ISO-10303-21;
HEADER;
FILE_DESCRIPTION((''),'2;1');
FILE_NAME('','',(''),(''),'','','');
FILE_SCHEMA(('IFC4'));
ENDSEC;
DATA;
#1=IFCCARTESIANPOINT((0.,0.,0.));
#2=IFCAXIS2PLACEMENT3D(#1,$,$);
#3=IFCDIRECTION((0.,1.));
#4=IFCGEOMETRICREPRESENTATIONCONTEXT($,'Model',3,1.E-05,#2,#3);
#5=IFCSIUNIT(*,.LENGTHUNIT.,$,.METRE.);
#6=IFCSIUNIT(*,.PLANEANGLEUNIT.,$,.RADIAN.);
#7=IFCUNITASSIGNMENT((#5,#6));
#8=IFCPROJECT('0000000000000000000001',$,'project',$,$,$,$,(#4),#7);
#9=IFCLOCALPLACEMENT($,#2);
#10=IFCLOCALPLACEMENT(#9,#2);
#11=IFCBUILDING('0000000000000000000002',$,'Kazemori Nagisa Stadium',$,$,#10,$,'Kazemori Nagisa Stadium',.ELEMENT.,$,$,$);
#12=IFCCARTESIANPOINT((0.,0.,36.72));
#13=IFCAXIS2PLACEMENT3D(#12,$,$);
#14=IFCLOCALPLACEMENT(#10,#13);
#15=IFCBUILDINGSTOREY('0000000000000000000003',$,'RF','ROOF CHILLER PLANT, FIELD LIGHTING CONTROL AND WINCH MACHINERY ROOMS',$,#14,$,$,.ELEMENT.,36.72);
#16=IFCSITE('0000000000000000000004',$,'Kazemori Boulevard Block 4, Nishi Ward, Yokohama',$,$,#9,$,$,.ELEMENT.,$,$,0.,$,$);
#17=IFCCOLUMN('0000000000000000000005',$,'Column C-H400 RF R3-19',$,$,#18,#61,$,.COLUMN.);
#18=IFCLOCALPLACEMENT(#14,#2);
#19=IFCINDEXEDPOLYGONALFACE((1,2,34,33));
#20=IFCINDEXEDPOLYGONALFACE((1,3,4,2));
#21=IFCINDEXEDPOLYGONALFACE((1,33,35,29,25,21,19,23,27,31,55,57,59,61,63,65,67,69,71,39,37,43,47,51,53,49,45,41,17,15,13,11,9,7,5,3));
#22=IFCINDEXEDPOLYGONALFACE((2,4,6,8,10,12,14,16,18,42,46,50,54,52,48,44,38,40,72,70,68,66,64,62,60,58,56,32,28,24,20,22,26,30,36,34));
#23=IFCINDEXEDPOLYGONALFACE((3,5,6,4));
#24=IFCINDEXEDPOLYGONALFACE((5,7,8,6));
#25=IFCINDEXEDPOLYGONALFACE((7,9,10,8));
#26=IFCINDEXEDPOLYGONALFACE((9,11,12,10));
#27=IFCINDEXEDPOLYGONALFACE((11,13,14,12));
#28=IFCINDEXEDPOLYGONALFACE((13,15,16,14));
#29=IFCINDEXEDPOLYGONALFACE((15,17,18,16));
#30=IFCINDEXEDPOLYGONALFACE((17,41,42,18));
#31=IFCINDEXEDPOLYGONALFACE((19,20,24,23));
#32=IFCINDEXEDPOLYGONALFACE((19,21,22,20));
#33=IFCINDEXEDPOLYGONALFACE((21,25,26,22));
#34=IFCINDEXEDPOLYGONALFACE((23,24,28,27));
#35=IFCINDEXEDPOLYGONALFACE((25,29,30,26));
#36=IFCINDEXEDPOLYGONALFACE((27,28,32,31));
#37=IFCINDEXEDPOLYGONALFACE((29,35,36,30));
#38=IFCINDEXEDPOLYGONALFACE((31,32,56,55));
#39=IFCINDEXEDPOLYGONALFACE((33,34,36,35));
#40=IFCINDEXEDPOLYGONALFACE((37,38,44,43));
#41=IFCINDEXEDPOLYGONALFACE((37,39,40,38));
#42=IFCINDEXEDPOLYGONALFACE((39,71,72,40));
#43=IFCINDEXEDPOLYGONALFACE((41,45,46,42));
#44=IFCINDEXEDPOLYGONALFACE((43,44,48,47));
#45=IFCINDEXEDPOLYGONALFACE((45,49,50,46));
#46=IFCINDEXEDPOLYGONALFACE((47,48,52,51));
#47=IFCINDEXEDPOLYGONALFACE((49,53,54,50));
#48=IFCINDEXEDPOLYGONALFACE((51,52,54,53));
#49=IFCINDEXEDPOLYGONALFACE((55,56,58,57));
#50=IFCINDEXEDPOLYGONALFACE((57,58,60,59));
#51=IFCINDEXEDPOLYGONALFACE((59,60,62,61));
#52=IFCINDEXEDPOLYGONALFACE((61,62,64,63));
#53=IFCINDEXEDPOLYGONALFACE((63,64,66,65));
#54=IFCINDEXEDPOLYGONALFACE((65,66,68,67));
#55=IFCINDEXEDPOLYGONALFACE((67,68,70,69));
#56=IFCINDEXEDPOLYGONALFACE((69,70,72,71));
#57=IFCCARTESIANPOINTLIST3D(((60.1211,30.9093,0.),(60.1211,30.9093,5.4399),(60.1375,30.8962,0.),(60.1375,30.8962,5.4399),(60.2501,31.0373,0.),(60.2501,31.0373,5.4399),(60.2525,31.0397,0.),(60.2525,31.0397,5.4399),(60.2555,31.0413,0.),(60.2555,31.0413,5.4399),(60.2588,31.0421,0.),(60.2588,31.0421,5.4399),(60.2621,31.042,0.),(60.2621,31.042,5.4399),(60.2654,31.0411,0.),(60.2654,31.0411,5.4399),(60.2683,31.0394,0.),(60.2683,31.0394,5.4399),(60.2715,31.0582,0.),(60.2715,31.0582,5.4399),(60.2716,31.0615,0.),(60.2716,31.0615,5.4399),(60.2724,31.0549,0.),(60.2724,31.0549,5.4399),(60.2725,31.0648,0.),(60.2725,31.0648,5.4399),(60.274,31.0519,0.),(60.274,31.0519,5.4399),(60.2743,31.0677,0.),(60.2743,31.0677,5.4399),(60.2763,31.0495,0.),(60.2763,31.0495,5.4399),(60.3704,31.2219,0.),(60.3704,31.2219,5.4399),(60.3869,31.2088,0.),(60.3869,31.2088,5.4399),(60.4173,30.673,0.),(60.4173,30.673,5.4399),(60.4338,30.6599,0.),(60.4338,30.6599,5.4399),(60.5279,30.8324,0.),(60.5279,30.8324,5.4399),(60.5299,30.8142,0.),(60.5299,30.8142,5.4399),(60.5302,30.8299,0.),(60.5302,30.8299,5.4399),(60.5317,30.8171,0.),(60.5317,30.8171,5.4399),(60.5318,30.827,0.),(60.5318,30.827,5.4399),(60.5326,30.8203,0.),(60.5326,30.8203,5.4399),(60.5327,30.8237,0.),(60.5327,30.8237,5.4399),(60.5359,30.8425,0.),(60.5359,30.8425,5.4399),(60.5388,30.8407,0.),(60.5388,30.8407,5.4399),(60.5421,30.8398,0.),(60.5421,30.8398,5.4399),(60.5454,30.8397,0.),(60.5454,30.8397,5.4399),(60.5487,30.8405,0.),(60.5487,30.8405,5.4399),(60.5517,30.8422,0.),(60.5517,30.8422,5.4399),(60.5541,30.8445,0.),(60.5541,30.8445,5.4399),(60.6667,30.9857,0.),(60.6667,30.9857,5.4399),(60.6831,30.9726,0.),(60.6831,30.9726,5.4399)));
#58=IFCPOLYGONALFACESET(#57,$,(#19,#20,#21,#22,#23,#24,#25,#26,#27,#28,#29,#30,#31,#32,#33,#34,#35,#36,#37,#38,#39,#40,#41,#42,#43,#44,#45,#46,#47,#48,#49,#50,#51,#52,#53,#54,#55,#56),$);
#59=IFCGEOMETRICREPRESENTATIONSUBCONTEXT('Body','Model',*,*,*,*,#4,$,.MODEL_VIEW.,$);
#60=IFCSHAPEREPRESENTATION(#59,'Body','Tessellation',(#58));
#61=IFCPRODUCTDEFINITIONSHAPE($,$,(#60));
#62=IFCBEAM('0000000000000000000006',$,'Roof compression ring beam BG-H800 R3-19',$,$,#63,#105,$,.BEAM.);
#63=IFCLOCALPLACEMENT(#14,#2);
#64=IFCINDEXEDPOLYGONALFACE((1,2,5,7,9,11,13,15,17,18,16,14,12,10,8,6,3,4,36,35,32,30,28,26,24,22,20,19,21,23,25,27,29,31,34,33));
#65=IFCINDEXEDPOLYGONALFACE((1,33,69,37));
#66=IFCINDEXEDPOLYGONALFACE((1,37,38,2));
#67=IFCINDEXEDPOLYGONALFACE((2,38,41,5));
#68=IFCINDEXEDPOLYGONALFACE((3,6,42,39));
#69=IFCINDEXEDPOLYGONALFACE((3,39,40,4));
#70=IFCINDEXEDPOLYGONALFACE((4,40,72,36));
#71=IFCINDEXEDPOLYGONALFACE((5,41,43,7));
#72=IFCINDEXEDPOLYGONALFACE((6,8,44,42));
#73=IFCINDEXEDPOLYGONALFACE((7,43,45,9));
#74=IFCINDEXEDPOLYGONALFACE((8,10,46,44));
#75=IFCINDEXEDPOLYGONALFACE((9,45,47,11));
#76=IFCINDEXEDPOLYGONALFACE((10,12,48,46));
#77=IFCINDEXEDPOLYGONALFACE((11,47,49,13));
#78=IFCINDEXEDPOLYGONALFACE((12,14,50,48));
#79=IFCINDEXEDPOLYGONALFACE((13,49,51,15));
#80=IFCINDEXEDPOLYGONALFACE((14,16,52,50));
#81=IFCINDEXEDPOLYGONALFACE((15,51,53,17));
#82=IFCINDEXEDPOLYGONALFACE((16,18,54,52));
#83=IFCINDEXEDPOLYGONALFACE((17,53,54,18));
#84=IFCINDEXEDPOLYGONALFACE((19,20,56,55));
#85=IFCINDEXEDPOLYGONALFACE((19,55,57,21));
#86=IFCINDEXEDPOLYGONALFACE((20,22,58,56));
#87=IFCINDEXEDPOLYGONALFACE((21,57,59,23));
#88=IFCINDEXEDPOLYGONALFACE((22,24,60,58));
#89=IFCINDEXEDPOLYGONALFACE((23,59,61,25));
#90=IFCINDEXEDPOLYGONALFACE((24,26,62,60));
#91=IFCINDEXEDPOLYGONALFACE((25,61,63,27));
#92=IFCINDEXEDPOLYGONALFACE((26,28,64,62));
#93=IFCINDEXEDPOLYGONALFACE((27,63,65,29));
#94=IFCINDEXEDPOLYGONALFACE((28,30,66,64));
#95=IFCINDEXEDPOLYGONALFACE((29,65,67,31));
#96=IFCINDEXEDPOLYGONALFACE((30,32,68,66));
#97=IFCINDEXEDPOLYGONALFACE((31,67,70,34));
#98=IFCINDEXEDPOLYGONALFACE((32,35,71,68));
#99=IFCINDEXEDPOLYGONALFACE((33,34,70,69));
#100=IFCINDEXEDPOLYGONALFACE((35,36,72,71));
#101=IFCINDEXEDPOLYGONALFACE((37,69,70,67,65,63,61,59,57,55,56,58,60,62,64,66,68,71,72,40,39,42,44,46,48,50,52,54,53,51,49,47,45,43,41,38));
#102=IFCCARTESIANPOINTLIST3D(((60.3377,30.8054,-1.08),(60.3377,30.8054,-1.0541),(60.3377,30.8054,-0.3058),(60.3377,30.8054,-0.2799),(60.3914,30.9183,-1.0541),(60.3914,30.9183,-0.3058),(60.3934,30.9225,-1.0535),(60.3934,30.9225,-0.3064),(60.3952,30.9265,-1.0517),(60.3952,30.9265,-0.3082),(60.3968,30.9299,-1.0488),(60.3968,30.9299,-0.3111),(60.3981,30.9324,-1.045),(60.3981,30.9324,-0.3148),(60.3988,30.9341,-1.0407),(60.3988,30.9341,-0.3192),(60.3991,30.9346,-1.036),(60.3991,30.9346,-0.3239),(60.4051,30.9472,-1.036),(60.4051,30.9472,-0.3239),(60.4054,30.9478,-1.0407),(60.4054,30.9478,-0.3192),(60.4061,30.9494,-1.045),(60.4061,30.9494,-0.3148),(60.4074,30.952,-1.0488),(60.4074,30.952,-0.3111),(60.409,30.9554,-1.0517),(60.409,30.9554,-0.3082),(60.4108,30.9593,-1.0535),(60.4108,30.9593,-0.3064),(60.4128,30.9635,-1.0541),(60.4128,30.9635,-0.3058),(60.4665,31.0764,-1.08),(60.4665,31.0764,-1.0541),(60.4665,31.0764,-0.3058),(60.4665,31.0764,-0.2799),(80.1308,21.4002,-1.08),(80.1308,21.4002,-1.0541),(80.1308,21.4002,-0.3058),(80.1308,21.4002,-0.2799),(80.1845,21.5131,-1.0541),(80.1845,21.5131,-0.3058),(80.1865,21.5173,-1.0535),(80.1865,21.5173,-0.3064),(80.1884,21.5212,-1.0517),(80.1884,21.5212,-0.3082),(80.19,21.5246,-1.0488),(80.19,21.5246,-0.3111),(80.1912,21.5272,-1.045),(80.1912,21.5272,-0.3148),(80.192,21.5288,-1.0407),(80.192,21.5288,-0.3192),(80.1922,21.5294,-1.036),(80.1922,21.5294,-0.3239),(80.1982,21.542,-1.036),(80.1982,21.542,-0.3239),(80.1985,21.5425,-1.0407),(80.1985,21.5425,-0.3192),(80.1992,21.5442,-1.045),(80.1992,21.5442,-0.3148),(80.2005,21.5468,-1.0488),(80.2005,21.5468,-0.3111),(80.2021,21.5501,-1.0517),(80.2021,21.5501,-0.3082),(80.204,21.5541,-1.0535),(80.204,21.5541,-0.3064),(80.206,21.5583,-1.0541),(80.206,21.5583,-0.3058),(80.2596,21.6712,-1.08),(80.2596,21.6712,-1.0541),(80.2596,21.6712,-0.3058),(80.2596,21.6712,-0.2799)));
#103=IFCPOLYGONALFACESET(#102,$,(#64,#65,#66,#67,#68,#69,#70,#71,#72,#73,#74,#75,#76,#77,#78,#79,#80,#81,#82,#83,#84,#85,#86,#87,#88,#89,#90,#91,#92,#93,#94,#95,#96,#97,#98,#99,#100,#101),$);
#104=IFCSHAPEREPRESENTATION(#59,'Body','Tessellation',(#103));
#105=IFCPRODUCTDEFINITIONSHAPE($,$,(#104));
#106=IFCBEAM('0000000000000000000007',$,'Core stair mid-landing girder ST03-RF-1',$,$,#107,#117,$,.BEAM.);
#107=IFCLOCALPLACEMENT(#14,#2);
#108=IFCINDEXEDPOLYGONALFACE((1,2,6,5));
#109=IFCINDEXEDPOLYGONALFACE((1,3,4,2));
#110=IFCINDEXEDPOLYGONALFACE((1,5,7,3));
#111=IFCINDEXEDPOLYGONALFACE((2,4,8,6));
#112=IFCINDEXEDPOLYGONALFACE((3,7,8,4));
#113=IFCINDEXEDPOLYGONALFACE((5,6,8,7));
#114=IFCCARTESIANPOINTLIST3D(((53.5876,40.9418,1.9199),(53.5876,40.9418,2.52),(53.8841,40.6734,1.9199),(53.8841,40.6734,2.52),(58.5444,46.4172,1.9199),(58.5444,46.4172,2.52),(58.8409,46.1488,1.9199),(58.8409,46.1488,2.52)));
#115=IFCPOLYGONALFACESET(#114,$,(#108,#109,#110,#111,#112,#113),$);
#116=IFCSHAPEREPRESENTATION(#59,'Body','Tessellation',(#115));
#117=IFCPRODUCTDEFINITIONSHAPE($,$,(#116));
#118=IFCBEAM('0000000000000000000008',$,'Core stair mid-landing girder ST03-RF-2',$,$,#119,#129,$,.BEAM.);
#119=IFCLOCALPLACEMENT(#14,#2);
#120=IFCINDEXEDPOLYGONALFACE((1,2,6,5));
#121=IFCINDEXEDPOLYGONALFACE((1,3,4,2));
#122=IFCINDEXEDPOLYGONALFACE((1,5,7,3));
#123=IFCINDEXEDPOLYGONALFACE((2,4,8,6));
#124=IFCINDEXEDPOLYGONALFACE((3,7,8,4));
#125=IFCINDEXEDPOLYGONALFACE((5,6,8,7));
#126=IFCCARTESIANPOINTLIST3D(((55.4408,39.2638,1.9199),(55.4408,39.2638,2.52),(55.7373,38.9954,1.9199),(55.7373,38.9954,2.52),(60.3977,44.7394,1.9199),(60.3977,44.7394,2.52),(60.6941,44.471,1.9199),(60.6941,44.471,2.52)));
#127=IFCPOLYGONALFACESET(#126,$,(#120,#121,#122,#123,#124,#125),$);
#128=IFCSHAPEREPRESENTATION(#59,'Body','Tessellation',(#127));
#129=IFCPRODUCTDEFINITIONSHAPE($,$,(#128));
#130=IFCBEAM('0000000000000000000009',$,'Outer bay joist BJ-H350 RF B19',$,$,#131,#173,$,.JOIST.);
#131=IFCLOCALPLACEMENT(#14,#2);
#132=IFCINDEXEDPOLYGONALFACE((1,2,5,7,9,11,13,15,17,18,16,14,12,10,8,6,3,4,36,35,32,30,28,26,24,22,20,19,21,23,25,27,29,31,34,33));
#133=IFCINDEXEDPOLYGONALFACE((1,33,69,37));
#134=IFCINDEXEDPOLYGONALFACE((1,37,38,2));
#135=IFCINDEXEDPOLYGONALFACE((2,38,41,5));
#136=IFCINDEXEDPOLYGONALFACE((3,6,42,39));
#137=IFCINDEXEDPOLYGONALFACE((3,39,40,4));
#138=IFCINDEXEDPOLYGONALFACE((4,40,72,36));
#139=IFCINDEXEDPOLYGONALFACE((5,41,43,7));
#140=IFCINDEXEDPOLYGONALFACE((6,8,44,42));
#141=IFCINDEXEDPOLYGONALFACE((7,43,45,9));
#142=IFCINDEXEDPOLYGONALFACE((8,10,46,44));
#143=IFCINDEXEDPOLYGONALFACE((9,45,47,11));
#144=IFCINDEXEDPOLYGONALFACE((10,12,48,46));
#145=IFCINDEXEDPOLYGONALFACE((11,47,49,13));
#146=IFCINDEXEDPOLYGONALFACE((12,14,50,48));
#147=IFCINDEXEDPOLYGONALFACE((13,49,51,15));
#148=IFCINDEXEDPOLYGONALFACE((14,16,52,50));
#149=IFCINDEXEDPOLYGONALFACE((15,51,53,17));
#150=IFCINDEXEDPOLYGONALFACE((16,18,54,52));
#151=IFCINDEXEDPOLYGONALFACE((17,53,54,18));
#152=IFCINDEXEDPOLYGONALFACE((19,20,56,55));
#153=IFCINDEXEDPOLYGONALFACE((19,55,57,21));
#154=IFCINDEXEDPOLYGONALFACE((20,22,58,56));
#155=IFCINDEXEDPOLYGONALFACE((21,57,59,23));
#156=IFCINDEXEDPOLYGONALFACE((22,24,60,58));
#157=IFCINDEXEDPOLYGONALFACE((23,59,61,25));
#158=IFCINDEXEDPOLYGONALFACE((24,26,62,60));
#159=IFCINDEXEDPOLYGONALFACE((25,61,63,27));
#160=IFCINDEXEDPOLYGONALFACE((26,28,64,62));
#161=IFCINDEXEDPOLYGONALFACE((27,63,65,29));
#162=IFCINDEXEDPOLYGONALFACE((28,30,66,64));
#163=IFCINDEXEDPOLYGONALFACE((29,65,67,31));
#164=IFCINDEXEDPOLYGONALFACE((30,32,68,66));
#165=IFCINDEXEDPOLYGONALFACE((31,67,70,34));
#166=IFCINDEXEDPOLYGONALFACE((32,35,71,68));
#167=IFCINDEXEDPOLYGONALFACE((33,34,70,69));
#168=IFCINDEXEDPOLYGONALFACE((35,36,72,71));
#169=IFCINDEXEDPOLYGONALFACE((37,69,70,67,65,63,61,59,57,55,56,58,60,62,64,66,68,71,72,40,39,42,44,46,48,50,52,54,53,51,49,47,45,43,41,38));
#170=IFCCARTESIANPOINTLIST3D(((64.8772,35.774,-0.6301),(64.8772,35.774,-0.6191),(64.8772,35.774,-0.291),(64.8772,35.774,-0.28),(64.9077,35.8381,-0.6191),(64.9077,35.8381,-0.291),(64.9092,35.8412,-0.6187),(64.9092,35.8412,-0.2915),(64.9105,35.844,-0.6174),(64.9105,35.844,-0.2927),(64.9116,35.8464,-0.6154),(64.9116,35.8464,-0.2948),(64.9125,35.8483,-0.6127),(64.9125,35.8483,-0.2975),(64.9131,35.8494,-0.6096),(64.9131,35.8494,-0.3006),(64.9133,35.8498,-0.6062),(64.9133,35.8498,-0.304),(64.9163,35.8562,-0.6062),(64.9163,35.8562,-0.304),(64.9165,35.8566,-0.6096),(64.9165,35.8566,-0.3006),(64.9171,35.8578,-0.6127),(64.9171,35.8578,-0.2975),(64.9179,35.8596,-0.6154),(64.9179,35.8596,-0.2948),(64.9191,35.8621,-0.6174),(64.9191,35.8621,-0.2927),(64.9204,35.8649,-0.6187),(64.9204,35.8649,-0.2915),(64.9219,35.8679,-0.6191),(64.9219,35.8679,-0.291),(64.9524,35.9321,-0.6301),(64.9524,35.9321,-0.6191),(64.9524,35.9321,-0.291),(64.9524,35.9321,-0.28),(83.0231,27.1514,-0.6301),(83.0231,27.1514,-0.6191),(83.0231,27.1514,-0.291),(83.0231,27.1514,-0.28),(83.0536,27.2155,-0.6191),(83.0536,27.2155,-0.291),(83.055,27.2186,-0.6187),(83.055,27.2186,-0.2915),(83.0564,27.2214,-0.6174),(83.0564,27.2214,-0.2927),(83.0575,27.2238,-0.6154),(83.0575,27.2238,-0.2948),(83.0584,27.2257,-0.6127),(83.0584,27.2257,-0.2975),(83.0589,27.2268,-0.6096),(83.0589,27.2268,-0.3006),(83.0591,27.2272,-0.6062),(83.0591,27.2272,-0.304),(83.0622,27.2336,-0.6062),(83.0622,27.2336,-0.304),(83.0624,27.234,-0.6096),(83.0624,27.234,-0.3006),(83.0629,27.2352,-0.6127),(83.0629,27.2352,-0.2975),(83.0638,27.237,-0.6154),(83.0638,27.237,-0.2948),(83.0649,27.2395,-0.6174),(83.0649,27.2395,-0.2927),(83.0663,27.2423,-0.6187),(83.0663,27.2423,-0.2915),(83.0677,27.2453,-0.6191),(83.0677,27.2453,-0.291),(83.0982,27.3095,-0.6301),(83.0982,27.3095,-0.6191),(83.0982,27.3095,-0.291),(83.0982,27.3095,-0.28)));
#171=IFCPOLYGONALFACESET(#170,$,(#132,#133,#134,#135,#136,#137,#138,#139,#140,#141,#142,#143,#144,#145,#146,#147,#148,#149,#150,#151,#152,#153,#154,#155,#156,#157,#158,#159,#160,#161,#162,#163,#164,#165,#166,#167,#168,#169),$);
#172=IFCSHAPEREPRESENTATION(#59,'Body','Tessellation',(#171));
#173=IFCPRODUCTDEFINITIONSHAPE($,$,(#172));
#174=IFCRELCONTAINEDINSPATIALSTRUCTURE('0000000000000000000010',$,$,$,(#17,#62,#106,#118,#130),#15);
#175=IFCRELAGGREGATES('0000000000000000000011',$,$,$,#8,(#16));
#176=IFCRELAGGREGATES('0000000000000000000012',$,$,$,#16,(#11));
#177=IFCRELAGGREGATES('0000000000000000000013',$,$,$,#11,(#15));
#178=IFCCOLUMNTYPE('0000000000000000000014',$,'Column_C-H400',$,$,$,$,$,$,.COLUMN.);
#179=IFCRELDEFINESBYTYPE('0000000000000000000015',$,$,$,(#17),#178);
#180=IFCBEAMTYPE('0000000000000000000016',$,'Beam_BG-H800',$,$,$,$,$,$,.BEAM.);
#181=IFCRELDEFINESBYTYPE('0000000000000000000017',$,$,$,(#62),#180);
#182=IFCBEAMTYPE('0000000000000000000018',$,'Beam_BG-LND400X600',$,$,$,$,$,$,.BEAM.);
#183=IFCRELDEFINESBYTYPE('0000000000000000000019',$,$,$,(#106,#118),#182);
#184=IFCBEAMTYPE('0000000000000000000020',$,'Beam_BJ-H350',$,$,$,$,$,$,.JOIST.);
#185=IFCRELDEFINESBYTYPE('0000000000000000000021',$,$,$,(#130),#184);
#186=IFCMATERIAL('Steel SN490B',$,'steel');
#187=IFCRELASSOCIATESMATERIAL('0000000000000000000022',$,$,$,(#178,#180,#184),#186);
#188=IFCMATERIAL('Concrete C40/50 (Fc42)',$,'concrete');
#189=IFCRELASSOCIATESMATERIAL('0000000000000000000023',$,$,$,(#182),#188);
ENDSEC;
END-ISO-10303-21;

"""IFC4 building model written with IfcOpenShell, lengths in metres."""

from ifc_helpers import new_model, si_unit, direction, frame, origin, origin_2d, place, context, subcontext, project, spatial, rectangle, i_section, extrude, material, material_profile, profile_set, type_object, element, save


model = new_model("IFC4")

# Units and contexts
model_context = context("Model", 3, precision=1e-05, world=origin(), true_north=direction((0.0, 1.0)))
body_context = subcontext(model_context, "Body", "Model", "MODEL_VIEW")
ifc_project = project(units=[si_unit("LENGTHUNIT", "METRE"), si_unit("PLANEANGLEUNIT", "RADIAN")], contexts=[model_context])

# Site, building, storey
site_placement = place(None, origin())
site = spatial("IfcSite", under=ifc_project, at=site_placement, Name="Kazemori Boulevard Block 4, Nishi Ward, Yokohama", CompositionType="ELEMENT", RefElevation=0.0)
building_placement = place(site_placement, origin())
building = spatial("IfcBuilding", under=site, at=building_placement, Name="Kazemori Nagisa Stadium", LongName="Kazemori Nagisa Stadium", CompositionType="ELEMENT")
storey_placement = place(building_placement, frame((0.0, 0.0, 36.72)))
storey = spatial("IfcBuildingStorey", under=building, at=storey_placement, Name="RF", Description="ROOF CHILLER PLANT, FIELD LIGHTING CONTROL AND WINCH MACHINERY ROOMS", CompositionType="ELEMENT", Elevation=36.72)

# Column
ifc_material_1 = material(Name="Steel SN490B", Category="steel")
ifc_material_profile_1 = material_profile(ifc_material_1, i_section(OverallWidth=0.3999, OverallDepth=0.3999, WebThickness=0.0129, FlangeThickness=0.021, FilletRadius=0.0129, at=origin_2d()), Name="H-400x400x13x21")
ifc_profile_set_1 = profile_set([ifc_material_profile_1], Name="Steel SN490B")
column_type = type_object("IfcColumnType", Name="Column_C-H400", PredefinedType="COLUMN", material=ifc_profile_set_1)
column_placement = place(storey_placement, frame((60.4021, 30.9409, 0.0), z_axis=(0.0, 0.0, 1.0), x_axis=(-0.62349, -0.781831, 0.0)))
element("IfcColumn", 1, at=column_placement, inside=storey, type_object=column_type, Name="Column C-H400 RF R3-19", PredefinedType="COLUMN", context=body_context, shape_type="SweptSolid", body=[
    extrude(i_section(OverallWidth=0.3999, OverallDepth=0.3999, WebThickness=0.0129, FlangeThickness=0.021, FilletRadius=0.0129, at=origin_2d()), origin(), (0.0, 0.0, 1.0), 5.4399),
])

# Beams
ifc_material_profile_2 = material_profile(ifc_material_1, i_section(OverallWidth=0.3, OverallDepth=0.8, WebThickness=0.0139, FlangeThickness=0.0259, FilletRadius=0.0181, at=origin_2d()), Name="H-800x300x14x26")
ifc_profile_set_2 = profile_set([ifc_material_profile_2], Name="Steel SN490B")
beam_type_1 = type_object("IfcBeamType", Name="Beam_BG-H800", PredefinedType="BEAM", material=ifc_profile_set_2)
beam_1_placement = place(storey_placement, frame((60.4021, 30.9409, -0.6799), z_axis=(0.903216, -0.429187, 0.0), x_axis=(0.429187, 0.903216, 0.0)))
element("IfcBeam", 2, at=beam_1_placement, inside=storey, type_object=beam_type_1, Name="Roof compression ring beam BG-H800 R3-19", PredefinedType="BEAM", context=body_context, shape_type="SweptSolid", body=[
    extrude(i_section(OverallWidth=0.3, OverallDepth=0.8, WebThickness=0.0139, FlangeThickness=0.0259, FilletRadius=0.0181, at=origin_2d()), origin(), (0.0, 0.0, 1.0), 21.9141),
])
ifc_material_2 = material(Name="Concrete C40/50 (Fc42)", Category="concrete")
ifc_material_profile_3 = material_profile(ifc_material_2, rectangle(XDim=0.3999, YDim=0.6001, at=origin_2d()), Name="RC-BM-400x600")
ifc_profile_set_3 = profile_set([ifc_material_profile_3], Name="Concrete C40/50 (Fc42)")
beam_type_2 = type_object("IfcBeamType", Name="Beam_BG-LND400X600", PredefinedType="BEAM", material=ifc_profile_set_3)
beam_2_placement = place(storey_placement, frame((58.6926, 46.283, 2.22), z_axis=(-0.67113, -0.74134, 0.0), x_axis=(0.74134, -0.67113, 0.0)))
element("IfcBeam", 3, at=beam_2_placement, inside=storey, type_object=beam_type_2, Name="Core stair mid-landing girder ST03-RF-1", PredefinedType="BEAM", context=body_context, shape_type="SweptSolid", body=[
    extrude(rectangle(XDim=0.3999, YDim=0.6001, at=origin_2d()), origin(), (0.0, 0.0, 1.0), 7.3857),
])
beam_3_placement = place(storey_placement, frame((60.5459, 44.6052, 2.22), z_axis=(-0.671113, -0.741355, 0.0), x_axis=(0.741355, -0.671113, 0.0)))
element("IfcBeam", 4, at=beam_3_placement, inside=storey, type_object=beam_type_2, Name="Core stair mid-landing girder ST03-RF-2", PredefinedType="BEAM", context=body_context, shape_type="SweptSolid", body=[
    extrude(rectangle(XDim=0.3999, YDim=0.6001, at=origin_2d()), origin(), (0.0, 0.0, 1.0), 7.386),
])
ifc_material_profile_4 = material_profile(ifc_material_1, i_section(OverallWidth=0.175, OverallDepth=0.3501, WebThickness=0.0071, FlangeThickness=0.011, FilletRadius=0.0129, at=origin_2d()), Name="H-350x175x7x11")
ifc_profile_set_4 = profile_set([ifc_material_profile_4], Name="Steel SN490B")
beam_type_3 = type_object("IfcBeamType", Name="Beam_BJ-H350", PredefinedType="JOIST", material=ifc_profile_set_4)
beam_4_placement = place(storey_placement, frame((64.9148, 35.853, -0.4551), z_axis=(0.903213, -0.429192, 0.0), x_axis=(0.429192, 0.903213, 0.0)))
element("IfcBeam", 5, at=beam_4_placement, inside=storey, type_object=beam_type_3, Name="Outer bay joist BJ-H350 RF B19", PredefinedType="JOIST", context=body_context, shape_type="SweptSolid", body=[
    extrude(i_section(OverallWidth=0.175, OverallDepth=0.3501, WebThickness=0.0071, FlangeThickness=0.011, FilletRadius=0.0129, at=origin_2d()), origin(), (0.0, 0.0, 1.0), 20.0903),
])

save(model, "model.ifc")
